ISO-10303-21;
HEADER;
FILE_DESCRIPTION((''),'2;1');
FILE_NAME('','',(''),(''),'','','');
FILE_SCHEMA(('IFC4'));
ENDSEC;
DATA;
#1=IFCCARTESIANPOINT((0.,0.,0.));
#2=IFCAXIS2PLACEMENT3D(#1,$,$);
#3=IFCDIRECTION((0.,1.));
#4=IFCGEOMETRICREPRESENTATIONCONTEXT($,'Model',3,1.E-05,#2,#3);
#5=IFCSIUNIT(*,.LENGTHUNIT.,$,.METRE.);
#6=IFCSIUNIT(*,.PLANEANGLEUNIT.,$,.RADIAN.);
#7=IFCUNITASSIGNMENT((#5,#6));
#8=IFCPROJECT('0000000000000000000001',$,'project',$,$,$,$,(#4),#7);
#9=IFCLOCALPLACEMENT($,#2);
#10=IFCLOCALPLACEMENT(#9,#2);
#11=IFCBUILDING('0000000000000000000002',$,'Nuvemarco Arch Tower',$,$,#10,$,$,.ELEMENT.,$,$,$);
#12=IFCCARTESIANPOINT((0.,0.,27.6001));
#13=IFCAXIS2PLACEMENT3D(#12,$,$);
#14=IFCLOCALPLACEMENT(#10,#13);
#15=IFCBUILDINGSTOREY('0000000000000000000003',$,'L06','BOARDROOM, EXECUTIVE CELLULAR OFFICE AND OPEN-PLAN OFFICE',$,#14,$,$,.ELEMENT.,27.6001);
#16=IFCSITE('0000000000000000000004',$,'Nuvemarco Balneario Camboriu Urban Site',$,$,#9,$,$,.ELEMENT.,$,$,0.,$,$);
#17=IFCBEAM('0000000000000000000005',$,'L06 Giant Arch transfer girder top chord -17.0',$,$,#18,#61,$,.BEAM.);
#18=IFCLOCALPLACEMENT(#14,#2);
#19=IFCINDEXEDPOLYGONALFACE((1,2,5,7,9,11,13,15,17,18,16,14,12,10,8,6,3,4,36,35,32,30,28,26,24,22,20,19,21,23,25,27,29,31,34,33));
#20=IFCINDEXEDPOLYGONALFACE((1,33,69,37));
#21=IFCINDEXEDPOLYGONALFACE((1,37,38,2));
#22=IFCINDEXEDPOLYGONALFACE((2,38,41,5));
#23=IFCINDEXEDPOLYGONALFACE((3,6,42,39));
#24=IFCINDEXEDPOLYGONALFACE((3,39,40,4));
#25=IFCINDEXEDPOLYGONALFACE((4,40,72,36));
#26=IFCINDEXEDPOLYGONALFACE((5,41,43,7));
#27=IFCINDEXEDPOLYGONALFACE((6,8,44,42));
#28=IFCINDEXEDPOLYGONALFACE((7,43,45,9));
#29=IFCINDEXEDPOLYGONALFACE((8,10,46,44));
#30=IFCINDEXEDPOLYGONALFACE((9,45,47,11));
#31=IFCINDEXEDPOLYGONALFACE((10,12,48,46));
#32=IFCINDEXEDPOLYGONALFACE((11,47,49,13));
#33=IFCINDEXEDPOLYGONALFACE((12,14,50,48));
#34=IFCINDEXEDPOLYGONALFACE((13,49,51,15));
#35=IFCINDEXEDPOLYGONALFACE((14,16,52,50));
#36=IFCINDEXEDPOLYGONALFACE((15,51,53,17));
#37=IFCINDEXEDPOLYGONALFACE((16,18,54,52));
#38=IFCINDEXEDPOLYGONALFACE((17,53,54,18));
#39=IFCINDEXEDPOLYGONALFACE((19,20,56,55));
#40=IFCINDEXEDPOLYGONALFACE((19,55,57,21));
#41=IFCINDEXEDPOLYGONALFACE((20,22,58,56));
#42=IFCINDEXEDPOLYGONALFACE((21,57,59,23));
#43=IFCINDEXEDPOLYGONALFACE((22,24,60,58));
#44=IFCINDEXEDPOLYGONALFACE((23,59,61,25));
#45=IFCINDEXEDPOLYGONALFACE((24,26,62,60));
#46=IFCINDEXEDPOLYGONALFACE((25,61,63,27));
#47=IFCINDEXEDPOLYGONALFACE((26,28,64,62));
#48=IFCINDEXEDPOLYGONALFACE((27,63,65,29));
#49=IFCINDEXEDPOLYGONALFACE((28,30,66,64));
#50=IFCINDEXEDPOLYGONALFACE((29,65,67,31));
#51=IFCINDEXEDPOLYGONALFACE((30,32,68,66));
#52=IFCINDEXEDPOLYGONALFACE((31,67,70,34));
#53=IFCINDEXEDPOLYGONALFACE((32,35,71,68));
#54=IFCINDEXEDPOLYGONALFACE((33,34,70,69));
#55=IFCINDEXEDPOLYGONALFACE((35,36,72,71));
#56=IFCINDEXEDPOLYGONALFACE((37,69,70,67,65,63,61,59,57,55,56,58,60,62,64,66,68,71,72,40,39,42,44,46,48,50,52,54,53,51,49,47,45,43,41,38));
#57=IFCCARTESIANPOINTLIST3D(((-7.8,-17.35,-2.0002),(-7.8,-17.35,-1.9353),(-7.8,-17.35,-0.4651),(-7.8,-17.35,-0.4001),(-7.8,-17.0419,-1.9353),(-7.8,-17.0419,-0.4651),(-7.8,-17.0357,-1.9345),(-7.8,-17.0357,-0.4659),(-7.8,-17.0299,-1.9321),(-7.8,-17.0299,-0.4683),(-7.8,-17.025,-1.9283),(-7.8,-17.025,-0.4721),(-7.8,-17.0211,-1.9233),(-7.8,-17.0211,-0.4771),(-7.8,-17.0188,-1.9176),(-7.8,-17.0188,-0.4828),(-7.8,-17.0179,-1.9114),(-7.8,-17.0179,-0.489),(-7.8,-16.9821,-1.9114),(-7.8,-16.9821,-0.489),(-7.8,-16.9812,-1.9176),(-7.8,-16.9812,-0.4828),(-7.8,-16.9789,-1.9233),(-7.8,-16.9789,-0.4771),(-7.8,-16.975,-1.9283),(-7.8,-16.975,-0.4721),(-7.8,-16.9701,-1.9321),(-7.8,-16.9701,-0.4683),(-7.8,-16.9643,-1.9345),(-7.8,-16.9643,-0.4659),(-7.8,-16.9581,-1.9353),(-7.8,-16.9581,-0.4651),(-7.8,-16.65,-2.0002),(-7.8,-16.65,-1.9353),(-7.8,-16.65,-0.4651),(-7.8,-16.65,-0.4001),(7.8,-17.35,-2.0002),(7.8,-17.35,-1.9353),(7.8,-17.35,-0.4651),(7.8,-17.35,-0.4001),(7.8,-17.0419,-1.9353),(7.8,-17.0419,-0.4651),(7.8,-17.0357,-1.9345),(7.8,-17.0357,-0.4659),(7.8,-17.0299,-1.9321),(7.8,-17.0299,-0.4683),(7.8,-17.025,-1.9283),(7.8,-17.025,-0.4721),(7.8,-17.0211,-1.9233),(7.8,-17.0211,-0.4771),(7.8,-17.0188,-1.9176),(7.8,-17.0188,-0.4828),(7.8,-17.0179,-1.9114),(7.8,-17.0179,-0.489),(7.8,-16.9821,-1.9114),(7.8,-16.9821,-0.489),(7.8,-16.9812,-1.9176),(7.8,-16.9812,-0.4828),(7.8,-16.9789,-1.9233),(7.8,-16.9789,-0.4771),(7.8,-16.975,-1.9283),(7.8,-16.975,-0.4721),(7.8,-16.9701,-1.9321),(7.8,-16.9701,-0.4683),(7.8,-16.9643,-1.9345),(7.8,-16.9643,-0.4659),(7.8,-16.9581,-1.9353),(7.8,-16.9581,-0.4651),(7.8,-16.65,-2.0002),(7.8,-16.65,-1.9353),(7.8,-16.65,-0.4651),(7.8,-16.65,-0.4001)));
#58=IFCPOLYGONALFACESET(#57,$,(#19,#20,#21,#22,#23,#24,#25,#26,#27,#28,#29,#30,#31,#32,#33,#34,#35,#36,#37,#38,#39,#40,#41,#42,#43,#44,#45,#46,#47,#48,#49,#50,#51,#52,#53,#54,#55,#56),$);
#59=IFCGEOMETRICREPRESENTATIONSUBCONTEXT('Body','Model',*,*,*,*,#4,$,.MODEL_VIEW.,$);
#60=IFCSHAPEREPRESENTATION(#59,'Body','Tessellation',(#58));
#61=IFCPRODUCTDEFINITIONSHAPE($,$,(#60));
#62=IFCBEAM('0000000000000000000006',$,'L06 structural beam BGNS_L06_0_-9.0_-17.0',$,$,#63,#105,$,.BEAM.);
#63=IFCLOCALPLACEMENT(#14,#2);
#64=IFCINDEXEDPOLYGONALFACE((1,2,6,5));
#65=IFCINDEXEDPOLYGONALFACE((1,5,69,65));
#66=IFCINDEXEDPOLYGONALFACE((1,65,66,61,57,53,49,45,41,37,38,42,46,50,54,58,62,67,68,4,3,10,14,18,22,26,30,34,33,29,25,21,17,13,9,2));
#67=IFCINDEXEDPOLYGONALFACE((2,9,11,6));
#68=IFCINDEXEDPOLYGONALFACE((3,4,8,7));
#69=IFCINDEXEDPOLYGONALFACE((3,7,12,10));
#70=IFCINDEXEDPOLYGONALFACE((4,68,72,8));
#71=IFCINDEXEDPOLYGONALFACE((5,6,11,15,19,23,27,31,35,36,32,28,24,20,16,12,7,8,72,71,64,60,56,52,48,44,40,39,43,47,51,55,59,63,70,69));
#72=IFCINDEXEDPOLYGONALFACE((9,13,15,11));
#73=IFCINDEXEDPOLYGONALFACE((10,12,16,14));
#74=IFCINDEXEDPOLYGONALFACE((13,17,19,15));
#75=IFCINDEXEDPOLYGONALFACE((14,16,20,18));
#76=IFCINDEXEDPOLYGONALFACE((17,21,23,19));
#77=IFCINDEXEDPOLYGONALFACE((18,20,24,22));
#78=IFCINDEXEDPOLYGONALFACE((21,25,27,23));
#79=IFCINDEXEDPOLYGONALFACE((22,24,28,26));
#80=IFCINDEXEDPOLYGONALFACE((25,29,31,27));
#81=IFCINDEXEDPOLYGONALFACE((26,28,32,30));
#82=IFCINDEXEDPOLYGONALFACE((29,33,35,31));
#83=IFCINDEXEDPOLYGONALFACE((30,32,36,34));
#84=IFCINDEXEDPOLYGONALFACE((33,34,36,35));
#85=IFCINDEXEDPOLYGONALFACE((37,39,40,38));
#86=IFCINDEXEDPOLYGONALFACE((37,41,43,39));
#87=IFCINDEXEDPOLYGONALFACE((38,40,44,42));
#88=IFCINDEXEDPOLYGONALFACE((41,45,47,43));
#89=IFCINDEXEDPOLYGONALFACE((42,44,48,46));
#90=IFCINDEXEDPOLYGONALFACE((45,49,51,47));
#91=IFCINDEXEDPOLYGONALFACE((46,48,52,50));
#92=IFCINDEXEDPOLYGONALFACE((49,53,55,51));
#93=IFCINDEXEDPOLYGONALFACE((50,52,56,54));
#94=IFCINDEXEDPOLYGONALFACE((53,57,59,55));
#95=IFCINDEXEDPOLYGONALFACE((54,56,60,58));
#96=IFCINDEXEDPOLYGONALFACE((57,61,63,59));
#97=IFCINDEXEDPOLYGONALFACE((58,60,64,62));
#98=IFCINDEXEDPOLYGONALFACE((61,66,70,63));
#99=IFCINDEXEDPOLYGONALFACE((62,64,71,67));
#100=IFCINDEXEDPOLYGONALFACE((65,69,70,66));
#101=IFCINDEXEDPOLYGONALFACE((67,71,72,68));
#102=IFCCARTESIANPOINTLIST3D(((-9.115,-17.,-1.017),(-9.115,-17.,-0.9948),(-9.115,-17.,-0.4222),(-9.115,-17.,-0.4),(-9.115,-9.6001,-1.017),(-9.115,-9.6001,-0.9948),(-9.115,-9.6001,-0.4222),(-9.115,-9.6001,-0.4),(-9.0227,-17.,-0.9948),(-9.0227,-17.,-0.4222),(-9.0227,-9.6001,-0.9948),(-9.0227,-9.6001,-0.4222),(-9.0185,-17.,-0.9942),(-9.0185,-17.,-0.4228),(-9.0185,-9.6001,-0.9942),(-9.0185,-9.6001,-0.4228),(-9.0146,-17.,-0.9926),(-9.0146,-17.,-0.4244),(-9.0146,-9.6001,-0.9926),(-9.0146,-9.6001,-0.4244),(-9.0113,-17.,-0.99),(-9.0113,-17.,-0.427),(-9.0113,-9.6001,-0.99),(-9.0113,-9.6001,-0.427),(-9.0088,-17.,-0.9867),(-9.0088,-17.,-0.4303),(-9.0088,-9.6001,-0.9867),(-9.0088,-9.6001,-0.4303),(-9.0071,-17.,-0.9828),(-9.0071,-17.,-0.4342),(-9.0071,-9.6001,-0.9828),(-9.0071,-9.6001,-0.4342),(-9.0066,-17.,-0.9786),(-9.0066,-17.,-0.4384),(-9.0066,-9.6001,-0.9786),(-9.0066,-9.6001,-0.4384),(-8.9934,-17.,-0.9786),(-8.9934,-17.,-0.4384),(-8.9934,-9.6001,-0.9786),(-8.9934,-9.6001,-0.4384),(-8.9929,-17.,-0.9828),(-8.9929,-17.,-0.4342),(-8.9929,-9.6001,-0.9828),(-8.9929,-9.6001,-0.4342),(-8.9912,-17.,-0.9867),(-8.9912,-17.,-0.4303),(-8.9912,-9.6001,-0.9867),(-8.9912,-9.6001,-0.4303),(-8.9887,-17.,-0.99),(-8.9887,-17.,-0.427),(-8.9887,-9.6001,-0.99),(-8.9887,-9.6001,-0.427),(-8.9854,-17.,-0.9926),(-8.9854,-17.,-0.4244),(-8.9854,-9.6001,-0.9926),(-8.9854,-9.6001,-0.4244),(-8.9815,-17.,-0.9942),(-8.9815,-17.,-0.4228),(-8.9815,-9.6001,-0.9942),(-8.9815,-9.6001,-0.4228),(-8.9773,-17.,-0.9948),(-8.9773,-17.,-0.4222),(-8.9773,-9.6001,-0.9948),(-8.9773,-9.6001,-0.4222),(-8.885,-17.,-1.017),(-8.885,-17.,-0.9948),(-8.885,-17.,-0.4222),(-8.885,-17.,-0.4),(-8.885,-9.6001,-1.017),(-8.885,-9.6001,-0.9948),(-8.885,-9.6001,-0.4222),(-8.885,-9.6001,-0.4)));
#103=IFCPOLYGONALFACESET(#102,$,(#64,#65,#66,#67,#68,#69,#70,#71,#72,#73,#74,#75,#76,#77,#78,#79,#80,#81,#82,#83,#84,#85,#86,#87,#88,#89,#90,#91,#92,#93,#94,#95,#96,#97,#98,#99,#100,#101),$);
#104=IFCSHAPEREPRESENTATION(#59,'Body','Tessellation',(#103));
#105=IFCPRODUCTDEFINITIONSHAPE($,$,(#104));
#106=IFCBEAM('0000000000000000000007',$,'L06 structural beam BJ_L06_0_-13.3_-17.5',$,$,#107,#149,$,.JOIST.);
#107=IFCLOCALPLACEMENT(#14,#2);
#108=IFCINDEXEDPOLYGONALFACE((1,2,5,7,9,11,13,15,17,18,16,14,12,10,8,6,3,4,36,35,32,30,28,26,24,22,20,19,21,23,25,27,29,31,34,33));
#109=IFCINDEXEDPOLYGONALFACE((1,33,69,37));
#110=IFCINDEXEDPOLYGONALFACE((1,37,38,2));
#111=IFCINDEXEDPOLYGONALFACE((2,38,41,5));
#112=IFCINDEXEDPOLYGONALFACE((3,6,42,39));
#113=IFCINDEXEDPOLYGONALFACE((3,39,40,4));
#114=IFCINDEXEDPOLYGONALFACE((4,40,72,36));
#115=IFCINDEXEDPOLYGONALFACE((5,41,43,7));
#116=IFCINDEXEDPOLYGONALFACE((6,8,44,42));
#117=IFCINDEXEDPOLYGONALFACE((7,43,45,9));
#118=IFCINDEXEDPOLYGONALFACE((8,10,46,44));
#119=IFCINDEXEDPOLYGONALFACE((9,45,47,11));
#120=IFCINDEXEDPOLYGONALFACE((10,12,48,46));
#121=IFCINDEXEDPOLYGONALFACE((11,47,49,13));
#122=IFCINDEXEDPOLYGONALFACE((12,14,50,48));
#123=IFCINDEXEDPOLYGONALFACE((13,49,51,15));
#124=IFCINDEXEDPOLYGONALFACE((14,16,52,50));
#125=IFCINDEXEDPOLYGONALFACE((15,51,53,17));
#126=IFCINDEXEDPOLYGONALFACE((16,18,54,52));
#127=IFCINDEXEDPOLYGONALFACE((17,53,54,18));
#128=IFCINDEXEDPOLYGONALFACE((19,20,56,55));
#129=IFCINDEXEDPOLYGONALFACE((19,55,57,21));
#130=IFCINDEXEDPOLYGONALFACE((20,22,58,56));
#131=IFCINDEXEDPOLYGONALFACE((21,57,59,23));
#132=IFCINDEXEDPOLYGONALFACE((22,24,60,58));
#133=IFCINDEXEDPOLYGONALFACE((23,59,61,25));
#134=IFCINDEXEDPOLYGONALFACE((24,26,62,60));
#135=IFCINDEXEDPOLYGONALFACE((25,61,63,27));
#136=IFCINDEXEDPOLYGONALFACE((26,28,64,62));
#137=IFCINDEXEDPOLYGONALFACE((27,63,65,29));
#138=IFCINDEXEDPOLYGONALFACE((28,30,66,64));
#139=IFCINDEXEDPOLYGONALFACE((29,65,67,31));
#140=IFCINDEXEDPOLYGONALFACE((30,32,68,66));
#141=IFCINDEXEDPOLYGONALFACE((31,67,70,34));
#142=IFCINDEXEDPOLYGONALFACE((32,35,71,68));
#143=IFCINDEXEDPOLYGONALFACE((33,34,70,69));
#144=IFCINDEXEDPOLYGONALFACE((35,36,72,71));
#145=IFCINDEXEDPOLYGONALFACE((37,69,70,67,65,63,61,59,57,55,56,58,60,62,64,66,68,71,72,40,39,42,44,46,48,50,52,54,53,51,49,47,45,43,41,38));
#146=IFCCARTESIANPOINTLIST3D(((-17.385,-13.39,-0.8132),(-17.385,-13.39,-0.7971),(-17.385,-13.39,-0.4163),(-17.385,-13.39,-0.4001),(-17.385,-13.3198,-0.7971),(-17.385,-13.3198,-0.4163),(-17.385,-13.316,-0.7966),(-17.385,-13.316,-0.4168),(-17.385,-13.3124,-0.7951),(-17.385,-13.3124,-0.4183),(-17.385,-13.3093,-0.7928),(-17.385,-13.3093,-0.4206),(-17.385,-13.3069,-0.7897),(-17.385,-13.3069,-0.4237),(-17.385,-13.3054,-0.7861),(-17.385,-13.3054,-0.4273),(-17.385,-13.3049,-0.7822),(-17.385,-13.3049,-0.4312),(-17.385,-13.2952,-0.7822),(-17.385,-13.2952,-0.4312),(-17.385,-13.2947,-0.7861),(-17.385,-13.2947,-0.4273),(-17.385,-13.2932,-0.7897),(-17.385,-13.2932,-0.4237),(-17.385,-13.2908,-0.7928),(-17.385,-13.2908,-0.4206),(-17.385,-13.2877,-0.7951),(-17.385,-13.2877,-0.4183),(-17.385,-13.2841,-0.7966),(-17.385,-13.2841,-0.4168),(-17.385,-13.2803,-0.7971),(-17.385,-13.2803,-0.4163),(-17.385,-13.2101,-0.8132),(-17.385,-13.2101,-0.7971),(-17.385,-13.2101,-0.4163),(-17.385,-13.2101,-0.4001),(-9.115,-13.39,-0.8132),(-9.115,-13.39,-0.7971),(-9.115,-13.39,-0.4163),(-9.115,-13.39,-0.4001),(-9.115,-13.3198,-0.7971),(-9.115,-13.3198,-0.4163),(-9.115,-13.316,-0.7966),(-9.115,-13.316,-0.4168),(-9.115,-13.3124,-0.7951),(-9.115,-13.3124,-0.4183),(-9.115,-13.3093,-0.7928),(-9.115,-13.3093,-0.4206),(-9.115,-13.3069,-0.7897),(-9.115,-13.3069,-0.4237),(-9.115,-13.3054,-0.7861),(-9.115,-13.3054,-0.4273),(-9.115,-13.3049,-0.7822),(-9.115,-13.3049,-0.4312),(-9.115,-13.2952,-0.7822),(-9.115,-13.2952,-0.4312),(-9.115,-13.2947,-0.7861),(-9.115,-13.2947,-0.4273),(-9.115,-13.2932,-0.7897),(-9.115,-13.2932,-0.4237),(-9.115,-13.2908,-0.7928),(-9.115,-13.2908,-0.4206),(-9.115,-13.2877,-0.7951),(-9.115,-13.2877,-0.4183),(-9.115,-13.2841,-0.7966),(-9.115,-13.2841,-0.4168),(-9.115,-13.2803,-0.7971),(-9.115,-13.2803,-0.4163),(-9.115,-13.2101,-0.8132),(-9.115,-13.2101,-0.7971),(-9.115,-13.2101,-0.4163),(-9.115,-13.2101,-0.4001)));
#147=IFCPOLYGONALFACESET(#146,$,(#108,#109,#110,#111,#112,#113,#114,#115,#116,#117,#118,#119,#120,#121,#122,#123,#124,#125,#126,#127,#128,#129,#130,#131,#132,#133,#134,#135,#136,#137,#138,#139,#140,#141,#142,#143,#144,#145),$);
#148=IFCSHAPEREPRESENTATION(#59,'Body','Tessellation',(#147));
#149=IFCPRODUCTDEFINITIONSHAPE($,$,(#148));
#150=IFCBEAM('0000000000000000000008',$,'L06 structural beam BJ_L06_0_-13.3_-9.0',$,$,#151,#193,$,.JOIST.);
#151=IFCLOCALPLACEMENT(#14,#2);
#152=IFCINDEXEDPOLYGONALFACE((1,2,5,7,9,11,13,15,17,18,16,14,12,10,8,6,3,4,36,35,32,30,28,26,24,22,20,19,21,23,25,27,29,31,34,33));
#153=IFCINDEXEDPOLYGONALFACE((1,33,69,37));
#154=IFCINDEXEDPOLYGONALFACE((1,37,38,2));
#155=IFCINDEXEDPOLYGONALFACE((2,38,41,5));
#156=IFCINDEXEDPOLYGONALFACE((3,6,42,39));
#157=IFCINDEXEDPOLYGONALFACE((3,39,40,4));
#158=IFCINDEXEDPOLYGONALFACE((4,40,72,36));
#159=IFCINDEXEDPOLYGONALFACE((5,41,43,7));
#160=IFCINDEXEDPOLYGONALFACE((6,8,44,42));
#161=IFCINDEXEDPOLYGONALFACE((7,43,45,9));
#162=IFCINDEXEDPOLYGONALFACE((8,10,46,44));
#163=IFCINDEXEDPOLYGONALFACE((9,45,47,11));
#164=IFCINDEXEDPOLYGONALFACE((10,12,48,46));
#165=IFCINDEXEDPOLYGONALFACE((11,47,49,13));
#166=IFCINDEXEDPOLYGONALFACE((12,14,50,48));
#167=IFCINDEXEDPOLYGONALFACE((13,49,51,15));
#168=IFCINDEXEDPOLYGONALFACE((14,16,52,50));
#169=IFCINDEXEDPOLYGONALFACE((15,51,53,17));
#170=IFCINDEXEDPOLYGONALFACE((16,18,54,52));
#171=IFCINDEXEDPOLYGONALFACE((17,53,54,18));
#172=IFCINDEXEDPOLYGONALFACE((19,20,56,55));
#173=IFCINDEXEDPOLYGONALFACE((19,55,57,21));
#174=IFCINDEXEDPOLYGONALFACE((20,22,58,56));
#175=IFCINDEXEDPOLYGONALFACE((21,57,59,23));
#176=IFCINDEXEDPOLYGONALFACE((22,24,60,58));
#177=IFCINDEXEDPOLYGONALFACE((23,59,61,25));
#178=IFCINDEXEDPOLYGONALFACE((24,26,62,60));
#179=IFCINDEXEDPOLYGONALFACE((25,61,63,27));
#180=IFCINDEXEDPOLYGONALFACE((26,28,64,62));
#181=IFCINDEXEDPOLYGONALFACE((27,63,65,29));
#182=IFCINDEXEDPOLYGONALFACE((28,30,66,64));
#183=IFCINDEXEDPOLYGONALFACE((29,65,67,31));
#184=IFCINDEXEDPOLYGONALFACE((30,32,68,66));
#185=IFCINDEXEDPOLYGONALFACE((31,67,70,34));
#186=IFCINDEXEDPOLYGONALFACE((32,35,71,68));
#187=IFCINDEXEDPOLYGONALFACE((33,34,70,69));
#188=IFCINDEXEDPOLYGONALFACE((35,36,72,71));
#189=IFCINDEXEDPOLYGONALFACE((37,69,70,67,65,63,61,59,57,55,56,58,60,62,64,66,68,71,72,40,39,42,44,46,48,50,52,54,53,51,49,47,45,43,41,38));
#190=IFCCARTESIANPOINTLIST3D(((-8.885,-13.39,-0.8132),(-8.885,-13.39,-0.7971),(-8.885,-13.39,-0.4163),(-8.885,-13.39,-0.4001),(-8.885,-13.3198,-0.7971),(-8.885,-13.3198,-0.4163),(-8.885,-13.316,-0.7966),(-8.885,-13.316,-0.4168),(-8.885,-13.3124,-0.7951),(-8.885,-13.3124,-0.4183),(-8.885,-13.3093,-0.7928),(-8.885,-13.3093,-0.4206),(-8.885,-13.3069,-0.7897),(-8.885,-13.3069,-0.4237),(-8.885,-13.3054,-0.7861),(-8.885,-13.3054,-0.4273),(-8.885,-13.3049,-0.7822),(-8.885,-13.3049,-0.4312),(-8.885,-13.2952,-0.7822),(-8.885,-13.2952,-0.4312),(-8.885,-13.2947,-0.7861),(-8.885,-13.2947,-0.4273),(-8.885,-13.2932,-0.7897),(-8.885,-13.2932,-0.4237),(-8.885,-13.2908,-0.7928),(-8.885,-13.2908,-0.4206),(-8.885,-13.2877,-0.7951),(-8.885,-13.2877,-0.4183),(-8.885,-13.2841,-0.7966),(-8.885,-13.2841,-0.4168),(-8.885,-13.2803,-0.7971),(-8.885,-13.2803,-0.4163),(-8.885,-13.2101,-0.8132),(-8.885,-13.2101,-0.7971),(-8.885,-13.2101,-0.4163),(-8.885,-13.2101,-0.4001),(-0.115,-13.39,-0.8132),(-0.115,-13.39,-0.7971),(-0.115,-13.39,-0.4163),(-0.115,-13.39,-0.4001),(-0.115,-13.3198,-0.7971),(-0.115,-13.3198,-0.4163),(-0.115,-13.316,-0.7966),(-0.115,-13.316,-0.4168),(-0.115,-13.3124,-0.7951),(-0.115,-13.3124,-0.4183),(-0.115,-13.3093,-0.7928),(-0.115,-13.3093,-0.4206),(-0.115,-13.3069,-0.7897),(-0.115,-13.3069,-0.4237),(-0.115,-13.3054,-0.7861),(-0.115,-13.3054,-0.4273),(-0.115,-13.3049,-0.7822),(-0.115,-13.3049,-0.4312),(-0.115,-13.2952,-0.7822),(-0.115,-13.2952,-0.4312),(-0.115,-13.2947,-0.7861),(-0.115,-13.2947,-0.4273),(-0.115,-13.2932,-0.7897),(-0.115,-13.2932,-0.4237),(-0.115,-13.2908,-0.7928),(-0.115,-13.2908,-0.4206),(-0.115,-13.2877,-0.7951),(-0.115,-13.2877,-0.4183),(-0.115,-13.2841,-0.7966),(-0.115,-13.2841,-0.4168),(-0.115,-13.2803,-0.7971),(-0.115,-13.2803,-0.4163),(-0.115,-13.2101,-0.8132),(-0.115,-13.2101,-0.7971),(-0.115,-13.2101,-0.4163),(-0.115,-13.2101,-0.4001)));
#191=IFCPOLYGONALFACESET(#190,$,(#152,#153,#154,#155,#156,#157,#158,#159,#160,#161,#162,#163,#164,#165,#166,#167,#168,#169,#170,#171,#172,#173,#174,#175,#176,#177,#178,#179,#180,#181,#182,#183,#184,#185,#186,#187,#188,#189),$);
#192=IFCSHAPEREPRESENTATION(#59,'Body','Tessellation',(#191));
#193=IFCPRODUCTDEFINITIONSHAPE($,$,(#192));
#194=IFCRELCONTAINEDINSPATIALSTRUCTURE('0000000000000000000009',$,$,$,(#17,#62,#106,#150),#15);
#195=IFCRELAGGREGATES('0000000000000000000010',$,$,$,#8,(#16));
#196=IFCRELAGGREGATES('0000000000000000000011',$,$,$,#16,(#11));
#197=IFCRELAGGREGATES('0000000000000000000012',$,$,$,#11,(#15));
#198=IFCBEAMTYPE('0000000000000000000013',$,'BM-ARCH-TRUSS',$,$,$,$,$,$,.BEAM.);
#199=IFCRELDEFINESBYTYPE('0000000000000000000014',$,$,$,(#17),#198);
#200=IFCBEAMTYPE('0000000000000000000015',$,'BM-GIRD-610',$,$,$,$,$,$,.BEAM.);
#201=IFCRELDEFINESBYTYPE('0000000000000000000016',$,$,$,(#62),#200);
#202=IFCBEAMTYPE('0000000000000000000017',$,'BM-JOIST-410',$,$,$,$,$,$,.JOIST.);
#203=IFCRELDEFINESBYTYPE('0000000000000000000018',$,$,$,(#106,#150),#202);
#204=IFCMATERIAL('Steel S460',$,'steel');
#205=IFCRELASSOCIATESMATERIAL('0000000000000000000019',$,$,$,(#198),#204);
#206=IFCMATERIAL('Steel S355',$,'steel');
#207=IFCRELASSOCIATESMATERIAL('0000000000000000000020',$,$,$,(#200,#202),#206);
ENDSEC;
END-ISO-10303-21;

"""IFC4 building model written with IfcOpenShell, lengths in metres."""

from ifc_helpers import new_model, si_unit, direction, frame, origin, origin_2d, place, context, subcontext, project, spatial, i_section, extrude, material, material_profile, profile_set, type_object, element, save


model = new_model("IFC4")

# Units and contexts
model_context = context("Model", 3, precision=1e-05, world=origin(), true_north=direction((0.0, 1.0)))
body_context = subcontext(model_context, "Body", "Model", "MODEL_VIEW")
ifc_project = project(units=[si_unit("LENGTHUNIT", "METRE"), si_unit("PLANEANGLEUNIT", "RADIAN")], contexts=[model_context])

# Site, building, storey
site_placement = place(None, origin())
site = spatial("IfcSite", under=ifc_project, at=site_placement, Name="Nuvemarco Balneario Camboriu Urban Site", CompositionType="ELEMENT", RefElevation=0.0)
building_placement = place(site_placement, origin())
building = spatial("IfcBuilding", under=site, at=building_placement, Name="Nuvemarco Arch Tower", CompositionType="ELEMENT")
storey_placement = place(building_placement, frame((0.0, 0.0, 27.6001)))
storey = spatial("IfcBuildingStorey", under=building, at=storey_placement, Name="L06", Description="BOARDROOM, EXECUTIVE CELLULAR OFFICE AND OPEN-PLAN OFFICE", CompositionType="ELEMENT", Elevation=27.6001)

# Shared definitions
ifc_material_1 = material(Name="Steel S460", Category="steel")
ifc_material_2 = material(Name="Steel S355", Category="steel")

# Beams
ifc_material_profile_1 = material_profile(ifc_material_1, i_section(OverallWidth=0.7, OverallDepth=1.6001, WebThickness=0.0359, FlangeThickness=0.0649, FilletRadius=0.0239, at=origin_2d()), Name="PG1600x700")
ifc_profile_set_1 = profile_set([ifc_material_profile_1], Name="Steel S460")
beam_type_1 = type_object("IfcBeamType", Name="BM-ARCH-TRUSS", PredefinedType="BEAM", material=ifc_profile_set_1)
beam_1_placement = place(storey_placement, frame((-7.8, -17.0, -1.2002), z_axis=(1.0, 0.0, 0.0), x_axis=(0.0, 1.0, 0.0)))
element("IfcBeam", 1, at=beam_1_placement, inside=storey, type_object=beam_type_1, Name="L06 Giant Arch transfer girder top chord -17.0", PredefinedType="BEAM", context=body_context, shape_type="SweptSolid", body=[
    extrude(i_section(OverallWidth=0.7, OverallDepth=1.6001, WebThickness=0.0359, FlangeThickness=0.0649, FilletRadius=0.0239, at=origin_2d()), origin(), (0.0, 0.0, 1.0), 15.6001),
])
ifc_material_profile_2 = material_profile(ifc_material_2, i_section(OverallWidth=0.23, OverallDepth=0.6169, WebThickness=0.0132, FlangeThickness=0.0222, FilletRadius=0.0161, at=origin_2d()), Name="W610x140")
ifc_profile_set_2 = profile_set([ifc_material_profile_2], Name="Steel S355")
beam_type_2 = type_object("IfcBeamType", Name="BM-GIRD-610", PredefinedType="BEAM", material=ifc_profile_set_2)
beam_2_placement = place(storey_placement, frame((-9.0, -17.0, -0.7085), z_axis=(0.0, 1.0, 0.0), x_axis=(-1.0, 0.0, 0.0)))
element("IfcBeam", 2, at=beam_2_placement, inside=storey, type_object=beam_type_2, Name="L06 structural beam BGNS_L06_0_-9.0_-17.0", PredefinedType="BEAM", context=body_context, shape_type="SweptSolid", body=[
    extrude(i_section(OverallWidth=0.23, OverallDepth=0.6169, WebThickness=0.0132, FlangeThickness=0.0222, FilletRadius=0.0161, at=origin_2d()), origin(), (0.0, 0.0, 1.0), 7.3999),
])
ifc_material_profile_3 = material_profile(ifc_material_2, i_section(OverallWidth=0.1799, OverallDepth=0.4131, WebThickness=0.0098, FlangeThickness=0.0161, FilletRadius=0.0149, at=origin_2d()), Name="W410x75")
ifc_profile_set_3 = profile_set([ifc_material_profile_3], Name="Steel S355")
beam_type_3 = type_object("IfcBeamType", Name="BM-JOIST-410", PredefinedType="JOIST", material=ifc_profile_set_3)
beam_3_placement = place(storey_placement, frame((-17.385, -13.3, -0.6067), z_axis=(1.0, 0.0, 0.0), x_axis=(0.0, 1.0, 0.0)))
element("IfcBeam", 3, at=beam_3_placement, inside=storey, type_object=beam_type_3, Name="L06 structural beam BJ_L06_0_-13.3_-17.5", PredefinedType="JOIST", context=body_context, shape_type="SweptSolid", body=[
    extrude(i_section(OverallWidth=0.1799, OverallDepth=0.4131, WebThickness=0.0098, FlangeThickness=0.0161, FilletRadius=0.0149, at=origin_2d()), origin(), (0.0, 0.0, 1.0), 8.27),
])
beam_4_placement = place(storey_placement, frame((-8.885, -13.3, -0.6067), z_axis=(1.0, 0.0, 0.0), x_axis=(0.0, 1.0, 0.0)))
element("IfcBeam", 4, at=beam_4_placement, inside=storey, type_object=beam_type_3, Name="L06 structural beam BJ_L06_0_-13.3_-9.0", PredefinedType="JOIST", context=body_context, shape_type="SweptSolid", body=[
    extrude(i_section(OverallWidth=0.1799, OverallDepth=0.4131, WebThickness=0.0098, FlangeThickness=0.0161, FilletRadius=0.0149, at=origin_2d()), origin(), (0.0, 0.0, 1.0), 8.77),
])

save(model, "model.ifc")
